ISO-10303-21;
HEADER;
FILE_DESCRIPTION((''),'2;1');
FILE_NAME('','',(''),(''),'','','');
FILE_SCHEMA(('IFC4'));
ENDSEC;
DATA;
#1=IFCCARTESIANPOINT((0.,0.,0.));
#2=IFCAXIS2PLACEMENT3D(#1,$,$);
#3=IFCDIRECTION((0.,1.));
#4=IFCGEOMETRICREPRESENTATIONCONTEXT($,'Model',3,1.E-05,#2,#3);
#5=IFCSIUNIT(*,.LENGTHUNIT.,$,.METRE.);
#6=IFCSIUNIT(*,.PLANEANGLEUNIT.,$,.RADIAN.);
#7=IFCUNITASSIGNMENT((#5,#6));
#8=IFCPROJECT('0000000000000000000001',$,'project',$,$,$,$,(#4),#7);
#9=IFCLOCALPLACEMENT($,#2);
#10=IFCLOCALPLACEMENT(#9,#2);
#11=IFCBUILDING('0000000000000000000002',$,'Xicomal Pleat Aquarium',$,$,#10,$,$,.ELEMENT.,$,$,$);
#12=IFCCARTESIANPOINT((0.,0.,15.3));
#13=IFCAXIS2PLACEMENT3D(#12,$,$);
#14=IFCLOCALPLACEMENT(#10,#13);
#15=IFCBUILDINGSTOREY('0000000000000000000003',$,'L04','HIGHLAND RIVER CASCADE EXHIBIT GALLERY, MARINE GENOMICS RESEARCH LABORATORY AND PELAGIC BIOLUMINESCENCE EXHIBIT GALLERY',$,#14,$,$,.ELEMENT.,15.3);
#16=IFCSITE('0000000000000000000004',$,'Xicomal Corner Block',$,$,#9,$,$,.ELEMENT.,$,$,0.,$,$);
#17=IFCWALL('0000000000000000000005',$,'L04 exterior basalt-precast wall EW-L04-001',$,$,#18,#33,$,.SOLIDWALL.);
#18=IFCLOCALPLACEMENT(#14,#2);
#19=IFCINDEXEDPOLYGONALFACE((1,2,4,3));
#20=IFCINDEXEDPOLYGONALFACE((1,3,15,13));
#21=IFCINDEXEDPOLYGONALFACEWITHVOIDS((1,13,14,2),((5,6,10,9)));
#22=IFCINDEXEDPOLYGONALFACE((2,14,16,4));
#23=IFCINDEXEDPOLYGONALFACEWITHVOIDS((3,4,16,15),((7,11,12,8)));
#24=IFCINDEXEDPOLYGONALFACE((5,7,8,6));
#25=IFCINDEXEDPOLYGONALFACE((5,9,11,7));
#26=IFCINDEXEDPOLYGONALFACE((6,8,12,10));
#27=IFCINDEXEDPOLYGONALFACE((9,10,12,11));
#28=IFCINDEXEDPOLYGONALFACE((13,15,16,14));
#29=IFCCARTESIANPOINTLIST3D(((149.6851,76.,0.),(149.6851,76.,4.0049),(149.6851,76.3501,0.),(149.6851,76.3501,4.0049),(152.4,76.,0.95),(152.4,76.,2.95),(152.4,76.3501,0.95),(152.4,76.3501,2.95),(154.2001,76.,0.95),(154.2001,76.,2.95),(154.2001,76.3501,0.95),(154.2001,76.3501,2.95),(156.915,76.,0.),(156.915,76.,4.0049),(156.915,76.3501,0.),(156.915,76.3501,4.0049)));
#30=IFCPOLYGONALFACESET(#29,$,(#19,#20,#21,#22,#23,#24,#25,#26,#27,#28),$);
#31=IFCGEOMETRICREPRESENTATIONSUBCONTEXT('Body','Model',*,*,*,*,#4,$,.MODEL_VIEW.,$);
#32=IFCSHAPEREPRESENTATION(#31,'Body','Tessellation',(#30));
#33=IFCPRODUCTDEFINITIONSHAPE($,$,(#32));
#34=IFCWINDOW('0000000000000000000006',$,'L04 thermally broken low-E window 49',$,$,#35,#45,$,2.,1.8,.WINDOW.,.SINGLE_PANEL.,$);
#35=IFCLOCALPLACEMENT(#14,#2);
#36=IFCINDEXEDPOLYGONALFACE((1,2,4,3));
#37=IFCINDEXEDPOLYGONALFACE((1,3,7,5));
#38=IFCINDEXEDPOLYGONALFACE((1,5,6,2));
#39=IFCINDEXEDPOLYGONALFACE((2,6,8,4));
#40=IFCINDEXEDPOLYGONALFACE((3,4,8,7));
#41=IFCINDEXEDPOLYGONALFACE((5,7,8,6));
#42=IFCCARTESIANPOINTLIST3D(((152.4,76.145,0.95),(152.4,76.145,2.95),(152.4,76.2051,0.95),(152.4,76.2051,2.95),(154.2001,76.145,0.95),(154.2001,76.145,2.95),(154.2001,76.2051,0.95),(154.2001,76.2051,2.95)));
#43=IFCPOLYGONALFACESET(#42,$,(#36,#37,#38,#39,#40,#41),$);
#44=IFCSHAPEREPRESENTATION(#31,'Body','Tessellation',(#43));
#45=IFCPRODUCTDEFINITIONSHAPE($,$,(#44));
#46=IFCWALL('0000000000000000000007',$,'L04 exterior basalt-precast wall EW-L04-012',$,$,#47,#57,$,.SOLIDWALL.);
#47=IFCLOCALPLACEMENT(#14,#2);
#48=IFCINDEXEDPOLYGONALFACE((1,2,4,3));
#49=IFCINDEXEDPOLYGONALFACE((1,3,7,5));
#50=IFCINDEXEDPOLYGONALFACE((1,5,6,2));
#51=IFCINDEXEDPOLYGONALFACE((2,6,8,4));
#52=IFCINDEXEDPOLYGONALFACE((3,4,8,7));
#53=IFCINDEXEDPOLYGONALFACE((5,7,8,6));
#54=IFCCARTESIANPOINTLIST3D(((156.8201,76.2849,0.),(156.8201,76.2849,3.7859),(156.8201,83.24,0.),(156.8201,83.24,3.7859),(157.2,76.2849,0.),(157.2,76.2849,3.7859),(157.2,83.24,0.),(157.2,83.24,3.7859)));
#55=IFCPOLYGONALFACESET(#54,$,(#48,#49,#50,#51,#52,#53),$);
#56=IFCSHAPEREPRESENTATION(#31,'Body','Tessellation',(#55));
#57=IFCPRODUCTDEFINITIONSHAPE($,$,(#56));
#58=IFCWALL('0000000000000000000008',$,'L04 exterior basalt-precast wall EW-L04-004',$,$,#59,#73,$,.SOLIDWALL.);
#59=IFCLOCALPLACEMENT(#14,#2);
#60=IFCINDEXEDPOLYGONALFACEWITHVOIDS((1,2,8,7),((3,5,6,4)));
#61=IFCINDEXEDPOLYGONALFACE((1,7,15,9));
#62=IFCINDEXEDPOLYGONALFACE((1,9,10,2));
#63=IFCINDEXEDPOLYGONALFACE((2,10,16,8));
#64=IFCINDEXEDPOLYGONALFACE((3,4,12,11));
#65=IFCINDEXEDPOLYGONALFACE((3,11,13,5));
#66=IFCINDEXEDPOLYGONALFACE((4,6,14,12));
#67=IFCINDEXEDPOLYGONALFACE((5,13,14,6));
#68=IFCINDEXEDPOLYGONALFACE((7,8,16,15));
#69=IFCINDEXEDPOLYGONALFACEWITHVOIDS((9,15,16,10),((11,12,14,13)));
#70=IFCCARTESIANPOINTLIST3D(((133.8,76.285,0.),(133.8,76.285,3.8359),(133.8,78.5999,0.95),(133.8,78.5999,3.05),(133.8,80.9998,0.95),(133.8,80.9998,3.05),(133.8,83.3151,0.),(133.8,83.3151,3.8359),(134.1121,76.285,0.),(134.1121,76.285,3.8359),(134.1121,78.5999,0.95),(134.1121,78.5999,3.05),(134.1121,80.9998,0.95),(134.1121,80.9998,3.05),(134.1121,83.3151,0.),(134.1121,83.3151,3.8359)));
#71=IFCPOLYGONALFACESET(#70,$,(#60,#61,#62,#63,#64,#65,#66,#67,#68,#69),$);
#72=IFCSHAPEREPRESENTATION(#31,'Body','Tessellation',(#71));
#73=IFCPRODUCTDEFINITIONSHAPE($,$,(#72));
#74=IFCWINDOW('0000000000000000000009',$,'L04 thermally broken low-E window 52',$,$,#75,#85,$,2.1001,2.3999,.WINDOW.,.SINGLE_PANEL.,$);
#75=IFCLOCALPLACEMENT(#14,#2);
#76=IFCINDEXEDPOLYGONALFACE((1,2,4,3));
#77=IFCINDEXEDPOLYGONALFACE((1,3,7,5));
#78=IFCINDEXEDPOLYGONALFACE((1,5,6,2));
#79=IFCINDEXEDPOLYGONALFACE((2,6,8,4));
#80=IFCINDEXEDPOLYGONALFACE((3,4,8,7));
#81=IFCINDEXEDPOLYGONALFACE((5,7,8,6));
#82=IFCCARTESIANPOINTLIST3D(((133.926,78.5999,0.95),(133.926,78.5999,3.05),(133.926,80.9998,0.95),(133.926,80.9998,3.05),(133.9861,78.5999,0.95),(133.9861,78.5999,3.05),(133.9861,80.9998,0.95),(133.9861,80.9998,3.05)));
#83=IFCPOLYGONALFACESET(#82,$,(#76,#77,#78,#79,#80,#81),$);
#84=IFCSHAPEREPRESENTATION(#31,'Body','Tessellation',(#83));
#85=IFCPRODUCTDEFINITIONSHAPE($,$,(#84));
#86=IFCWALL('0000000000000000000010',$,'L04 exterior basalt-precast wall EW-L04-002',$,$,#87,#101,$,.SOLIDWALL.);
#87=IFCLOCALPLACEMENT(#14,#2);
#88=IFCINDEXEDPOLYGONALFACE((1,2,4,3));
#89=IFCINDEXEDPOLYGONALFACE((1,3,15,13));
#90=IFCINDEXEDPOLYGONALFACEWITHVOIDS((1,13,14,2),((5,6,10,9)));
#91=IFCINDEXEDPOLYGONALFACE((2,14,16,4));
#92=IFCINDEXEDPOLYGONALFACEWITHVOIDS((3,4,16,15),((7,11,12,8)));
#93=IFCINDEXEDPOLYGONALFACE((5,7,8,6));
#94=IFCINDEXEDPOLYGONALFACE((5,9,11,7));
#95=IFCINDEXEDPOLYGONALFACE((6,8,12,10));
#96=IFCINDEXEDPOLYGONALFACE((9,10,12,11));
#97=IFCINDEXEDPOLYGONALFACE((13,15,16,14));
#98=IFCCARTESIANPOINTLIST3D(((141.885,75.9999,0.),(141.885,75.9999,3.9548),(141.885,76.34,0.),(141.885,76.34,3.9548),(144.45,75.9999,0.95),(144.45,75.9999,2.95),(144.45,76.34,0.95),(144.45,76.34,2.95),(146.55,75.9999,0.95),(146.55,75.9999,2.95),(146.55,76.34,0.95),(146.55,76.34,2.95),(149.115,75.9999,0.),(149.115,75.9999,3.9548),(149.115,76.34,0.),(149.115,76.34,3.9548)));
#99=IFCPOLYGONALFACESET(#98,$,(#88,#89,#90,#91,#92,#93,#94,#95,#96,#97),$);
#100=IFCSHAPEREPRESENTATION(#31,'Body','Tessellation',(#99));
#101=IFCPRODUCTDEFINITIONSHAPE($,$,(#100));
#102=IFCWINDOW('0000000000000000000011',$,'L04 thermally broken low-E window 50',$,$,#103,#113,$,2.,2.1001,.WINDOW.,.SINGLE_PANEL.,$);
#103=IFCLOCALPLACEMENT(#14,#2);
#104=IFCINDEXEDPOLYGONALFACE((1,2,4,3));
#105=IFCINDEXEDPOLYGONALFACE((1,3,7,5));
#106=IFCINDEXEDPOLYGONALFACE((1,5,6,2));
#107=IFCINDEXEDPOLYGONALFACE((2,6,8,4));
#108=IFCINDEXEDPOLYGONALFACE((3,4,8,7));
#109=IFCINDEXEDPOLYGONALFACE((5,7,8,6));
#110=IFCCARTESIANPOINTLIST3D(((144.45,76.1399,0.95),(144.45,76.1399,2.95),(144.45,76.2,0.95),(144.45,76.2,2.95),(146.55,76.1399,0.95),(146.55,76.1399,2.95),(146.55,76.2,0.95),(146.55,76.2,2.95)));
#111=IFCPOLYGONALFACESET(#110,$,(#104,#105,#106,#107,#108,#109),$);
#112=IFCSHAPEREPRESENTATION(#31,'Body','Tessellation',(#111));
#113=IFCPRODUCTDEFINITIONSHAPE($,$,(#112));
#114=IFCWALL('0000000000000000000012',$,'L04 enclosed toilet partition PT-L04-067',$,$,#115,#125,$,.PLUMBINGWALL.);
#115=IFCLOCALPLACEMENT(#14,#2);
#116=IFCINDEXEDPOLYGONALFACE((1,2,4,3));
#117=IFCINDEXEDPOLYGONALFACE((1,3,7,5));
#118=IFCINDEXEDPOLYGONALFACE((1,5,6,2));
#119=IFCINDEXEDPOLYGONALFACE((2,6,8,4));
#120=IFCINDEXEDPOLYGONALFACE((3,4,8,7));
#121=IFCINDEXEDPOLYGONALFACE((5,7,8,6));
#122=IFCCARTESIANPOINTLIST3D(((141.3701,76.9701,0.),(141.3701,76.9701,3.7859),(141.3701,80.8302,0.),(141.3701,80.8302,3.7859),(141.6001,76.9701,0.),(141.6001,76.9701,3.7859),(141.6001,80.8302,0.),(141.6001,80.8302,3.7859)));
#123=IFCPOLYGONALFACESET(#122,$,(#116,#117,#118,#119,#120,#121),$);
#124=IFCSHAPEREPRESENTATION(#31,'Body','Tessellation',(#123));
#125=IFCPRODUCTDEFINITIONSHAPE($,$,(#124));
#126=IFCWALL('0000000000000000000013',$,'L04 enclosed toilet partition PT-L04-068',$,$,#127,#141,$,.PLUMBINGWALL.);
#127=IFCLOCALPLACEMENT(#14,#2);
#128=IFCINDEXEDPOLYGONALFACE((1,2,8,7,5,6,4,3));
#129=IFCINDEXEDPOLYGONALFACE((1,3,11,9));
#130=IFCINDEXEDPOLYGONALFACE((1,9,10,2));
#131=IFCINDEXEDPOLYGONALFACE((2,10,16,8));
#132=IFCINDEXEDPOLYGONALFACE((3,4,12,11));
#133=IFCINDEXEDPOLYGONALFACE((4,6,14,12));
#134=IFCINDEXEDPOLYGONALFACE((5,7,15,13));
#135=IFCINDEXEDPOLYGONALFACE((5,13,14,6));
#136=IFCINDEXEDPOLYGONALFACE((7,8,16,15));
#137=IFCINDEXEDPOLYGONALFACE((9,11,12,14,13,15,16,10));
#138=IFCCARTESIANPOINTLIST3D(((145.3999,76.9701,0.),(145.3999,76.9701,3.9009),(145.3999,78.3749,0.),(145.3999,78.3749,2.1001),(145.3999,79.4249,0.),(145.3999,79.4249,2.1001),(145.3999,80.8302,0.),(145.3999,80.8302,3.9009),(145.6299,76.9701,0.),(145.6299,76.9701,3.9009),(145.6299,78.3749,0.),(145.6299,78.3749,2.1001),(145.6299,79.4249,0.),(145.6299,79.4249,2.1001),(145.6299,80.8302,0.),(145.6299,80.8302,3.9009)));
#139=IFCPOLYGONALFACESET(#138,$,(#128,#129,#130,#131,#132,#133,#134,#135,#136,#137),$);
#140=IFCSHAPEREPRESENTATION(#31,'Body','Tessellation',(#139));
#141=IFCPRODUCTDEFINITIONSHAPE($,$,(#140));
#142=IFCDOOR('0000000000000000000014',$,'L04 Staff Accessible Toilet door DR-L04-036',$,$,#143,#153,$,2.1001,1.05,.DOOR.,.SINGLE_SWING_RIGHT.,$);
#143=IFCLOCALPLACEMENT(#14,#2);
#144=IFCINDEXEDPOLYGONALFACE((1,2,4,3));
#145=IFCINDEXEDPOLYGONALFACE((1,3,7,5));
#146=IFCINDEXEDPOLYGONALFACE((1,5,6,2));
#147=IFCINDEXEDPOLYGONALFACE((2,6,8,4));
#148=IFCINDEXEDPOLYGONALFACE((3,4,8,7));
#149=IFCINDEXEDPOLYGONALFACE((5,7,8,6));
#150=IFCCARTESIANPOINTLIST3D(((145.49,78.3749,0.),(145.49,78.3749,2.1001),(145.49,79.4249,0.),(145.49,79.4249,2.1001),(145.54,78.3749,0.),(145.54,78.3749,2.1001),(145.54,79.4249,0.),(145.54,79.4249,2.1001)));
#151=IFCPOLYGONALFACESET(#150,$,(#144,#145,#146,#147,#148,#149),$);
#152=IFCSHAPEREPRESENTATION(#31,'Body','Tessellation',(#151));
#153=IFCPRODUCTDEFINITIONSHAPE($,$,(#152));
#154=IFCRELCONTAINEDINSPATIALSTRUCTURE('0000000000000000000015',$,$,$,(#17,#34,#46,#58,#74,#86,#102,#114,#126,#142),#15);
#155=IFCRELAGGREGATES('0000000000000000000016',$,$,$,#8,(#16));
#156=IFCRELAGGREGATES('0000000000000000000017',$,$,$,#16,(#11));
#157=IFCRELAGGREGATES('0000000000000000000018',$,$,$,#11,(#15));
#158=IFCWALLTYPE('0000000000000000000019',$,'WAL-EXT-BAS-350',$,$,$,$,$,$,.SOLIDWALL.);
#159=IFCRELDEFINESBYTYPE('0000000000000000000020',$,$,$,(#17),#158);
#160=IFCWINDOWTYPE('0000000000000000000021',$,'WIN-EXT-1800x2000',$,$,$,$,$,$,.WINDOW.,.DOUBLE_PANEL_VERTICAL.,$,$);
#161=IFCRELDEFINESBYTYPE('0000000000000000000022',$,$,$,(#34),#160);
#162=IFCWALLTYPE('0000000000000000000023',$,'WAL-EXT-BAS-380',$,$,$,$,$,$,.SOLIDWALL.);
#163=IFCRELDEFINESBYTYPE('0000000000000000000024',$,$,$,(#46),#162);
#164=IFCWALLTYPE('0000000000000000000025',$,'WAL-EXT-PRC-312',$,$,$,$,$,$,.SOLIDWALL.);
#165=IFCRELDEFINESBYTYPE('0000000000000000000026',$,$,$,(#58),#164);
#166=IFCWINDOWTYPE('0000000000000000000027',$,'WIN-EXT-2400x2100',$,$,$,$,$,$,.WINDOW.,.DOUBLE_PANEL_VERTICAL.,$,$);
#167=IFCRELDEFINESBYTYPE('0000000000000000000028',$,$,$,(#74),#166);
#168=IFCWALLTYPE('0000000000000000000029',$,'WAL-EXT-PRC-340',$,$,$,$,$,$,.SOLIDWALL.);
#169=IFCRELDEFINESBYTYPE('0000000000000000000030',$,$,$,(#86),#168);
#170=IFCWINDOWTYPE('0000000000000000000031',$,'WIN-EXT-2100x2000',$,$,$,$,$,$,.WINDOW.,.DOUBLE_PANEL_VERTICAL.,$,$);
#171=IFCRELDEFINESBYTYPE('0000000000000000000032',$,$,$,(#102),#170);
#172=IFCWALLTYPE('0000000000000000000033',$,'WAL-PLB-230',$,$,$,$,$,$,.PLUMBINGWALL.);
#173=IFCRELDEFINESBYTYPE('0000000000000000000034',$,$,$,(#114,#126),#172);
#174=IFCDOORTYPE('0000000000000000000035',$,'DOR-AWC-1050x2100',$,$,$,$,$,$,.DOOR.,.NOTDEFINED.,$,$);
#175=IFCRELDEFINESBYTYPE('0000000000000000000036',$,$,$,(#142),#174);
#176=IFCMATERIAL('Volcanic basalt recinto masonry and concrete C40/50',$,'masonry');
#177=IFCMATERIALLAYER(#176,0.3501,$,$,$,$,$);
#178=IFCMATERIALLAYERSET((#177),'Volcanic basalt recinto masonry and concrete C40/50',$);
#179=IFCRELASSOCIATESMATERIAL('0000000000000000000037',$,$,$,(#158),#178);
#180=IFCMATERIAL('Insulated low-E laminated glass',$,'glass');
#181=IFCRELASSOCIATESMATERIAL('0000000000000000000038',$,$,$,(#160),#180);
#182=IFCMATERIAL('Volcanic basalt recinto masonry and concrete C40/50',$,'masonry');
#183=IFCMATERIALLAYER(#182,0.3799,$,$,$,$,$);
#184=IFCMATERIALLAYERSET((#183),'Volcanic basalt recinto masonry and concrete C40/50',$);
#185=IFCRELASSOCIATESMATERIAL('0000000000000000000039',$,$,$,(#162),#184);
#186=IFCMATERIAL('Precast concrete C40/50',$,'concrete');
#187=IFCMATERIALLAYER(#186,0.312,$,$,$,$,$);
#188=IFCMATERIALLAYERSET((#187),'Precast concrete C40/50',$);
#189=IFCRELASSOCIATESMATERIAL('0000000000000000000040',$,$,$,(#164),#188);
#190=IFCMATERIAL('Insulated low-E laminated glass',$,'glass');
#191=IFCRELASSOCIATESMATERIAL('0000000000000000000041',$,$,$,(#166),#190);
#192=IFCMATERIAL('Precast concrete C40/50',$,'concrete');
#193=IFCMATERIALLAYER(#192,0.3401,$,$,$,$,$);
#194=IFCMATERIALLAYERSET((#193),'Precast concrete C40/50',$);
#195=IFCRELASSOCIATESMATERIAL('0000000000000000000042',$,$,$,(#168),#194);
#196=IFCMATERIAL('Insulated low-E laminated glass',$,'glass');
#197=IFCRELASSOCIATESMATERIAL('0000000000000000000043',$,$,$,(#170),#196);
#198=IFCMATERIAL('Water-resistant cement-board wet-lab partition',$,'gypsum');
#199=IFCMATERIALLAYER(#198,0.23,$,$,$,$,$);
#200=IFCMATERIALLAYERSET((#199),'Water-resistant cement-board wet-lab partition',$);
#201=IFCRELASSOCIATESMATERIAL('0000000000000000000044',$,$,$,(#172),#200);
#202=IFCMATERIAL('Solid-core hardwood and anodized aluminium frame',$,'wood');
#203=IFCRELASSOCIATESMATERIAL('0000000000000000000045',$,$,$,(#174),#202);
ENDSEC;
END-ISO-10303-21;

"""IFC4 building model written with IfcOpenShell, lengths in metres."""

from ifc_helpers import new_model, si_unit, direction, frame, frame_2d, origin, place, context, subcontext, project, spatial, rectangle, extrude, material, layer, layer_set, type_object, element, fill, save


model = new_model("IFC4")

# Units and contexts
model_context = context("Model", 3, precision=1e-05, world=origin(), true_north=direction((0.0, 1.0)))
body_context = subcontext(model_context, "Body", "Model", "MODEL_VIEW")
ifc_project = project(units=[si_unit("LENGTHUNIT", "METRE"), si_unit("PLANEANGLEUNIT", "RADIAN")], contexts=[model_context])

# Site, building, storey
site_placement = place(None, origin())
site = spatial("IfcSite", under=ifc_project, at=site_placement, Name="Xicomal Corner Block", CompositionType="ELEMENT", RefElevation=0.0)
building_placement = place(site_placement, origin())
building = spatial("IfcBuilding", under=site, at=building_placement, Name="Xicomal Pleat Aquarium", CompositionType="ELEMENT")
storey_placement = place(building_placement, frame((0.0, 0.0, 15.3)))
storey = spatial("IfcBuildingStorey", under=building, at=storey_placement, Name="L04", Description="HIGHLAND RIVER CASCADE EXHIBIT GALLERY, MARINE GENOMICS RESEARCH LABORATORY AND PELAGIC BIOLUMINESCENCE EXHIBIT GALLERY", CompositionType="ELEMENT", Elevation=15.3)

# Wall, opening, window
ifc_material_1 = material(Name="Volcanic basalt recinto masonry and concrete C40/50", Category="masonry")
ifc_layer_1 = layer(ifc_material_1, 0.3501)
ifc_layer_set_1 = layer_set([ifc_layer_1], Name="Volcanic basalt recinto masonry and concrete C40/50")
wall_type_1 = type_object("IfcWallType", Name="WAL-EXT-BAS-350", PredefinedType="SOLIDWALL", material=ifc_layer_set_1)
wall_1_placement = place(storey_placement, frame((156.915, 76.175, 0.0), z_axis=(0.0, 0.0, 1.0), x_axis=(-1.0, 0.0, 0.0)))
wall_1 = element("IfcWall", 1, at=wall_1_placement, inside=storey, type_object=wall_type_1, Name="L04 exterior basalt-precast wall EW-L04-001", PredefinedType="SOLIDWALL", context=body_context, shape_type="SweptSolid", body=[
    extrude(rectangle(XDim=7.23, YDim=0.3501, at=frame_2d((3.615, 0.0))), origin(), (0.0, 0.0, 1.0), 4.0049),
])
opening_1_placement = place(wall_1_placement, frame((2.7151, 0.0, 0.95)))
opening_1 = element("IfcOpeningElement", 2, at=opening_1_placement, cuts=wall_1, PredefinedType="OPENING", context=body_context, shape_type="SweptSolid", body=[
    extrude(rectangle(XDim=1.8, YDim=2.0, at=frame_2d((0.8999, 1.0))), frame((0.0, 0.1851, 0.0), z_axis=(0.0, -1.0, 0.0), x_axis=(1.0, 0.0, 0.0)), (0.0, 0.0, 1.0), 0.3701),
])
ifc_material_2 = material(Name="Insulated low-E laminated glass", Category="glass")
window_type_1 = type_object("IfcWindowType", Name="WIN-EXT-1800x2000", PartitioningType="DOUBLE_PANEL_VERTICAL", PredefinedType="WINDOW", material=ifc_material_2)
window_1_placement = place(opening_1_placement, origin())
window_1 = element("IfcWindow", 3, at=window_1_placement, inside=storey, type_object=window_type_1, Name="L04 thermally broken low-E window 49", OverallHeight=2.0, OverallWidth=1.8, PartitioningType="SINGLE_PANEL", PredefinedType="WINDOW", context=body_context, shape_type="SweptSolid", body=[
    extrude(rectangle(XDim=1.8, YDim=2.0, at=frame_2d((0.8999, 1.0))), frame((0.0, 0.03, 0.0), z_axis=(0.0, -1.0, 0.0), x_axis=(1.0, 0.0, 0.0)), (0.0, 0.0, 1.0), 0.0601),
])
fill(opening_1, window_1)

# Wall
ifc_material_3 = material(Name="Volcanic basalt recinto masonry and concrete C40/50", Category="masonry")
ifc_layer_2 = layer(ifc_material_3, 0.3799)
ifc_layer_set_2 = layer_set([ifc_layer_2], Name="Volcanic basalt recinto masonry and concrete C40/50")
wall_type_2 = type_object("IfcWallType", Name="WAL-EXT-BAS-380", PredefinedType="SOLIDWALL", material=ifc_layer_set_2)
wall_2_placement = place(storey_placement, frame((157.01, 83.24, 0.0), z_axis=(0.0, 0.0, 1.0), x_axis=(0.0, -1.0, 0.0)))
element("IfcWall", 4, at=wall_2_placement, inside=storey, type_object=wall_type_2, Name="L04 exterior basalt-precast wall EW-L04-012", PredefinedType="SOLIDWALL", context=body_context, shape_type="SweptSolid", body=[
    extrude(rectangle(XDim=6.9551, YDim=0.3799, at=frame_2d((3.4775, 0.0))), origin(), (0.0, 0.0, 1.0), 3.7859),
])

# Walls, openings, windows
ifc_material_4 = material(Name="Precast concrete C40/50", Category="concrete")
ifc_layer_3 = layer(ifc_material_4, 0.312)
ifc_layer_set_3 = layer_set([ifc_layer_3], Name="Precast concrete C40/50")
wall_type_3 = type_object("IfcWallType", Name="WAL-EXT-PRC-312", PredefinedType="SOLIDWALL", material=ifc_layer_set_3)
wall_3_placement = place(storey_placement, frame((133.9561, 76.2849, 0.0), z_axis=(0.0, 0.0, 1.0), x_axis=(0.0, 1.0, 0.0)))
wall_3 = element("IfcWall", 5, at=wall_3_placement, inside=storey, type_object=wall_type_3, Name="L04 exterior basalt-precast wall EW-L04-004", PredefinedType="SOLIDWALL", context=body_context, shape_type="SweptSolid", body=[
    extrude(rectangle(XDim=7.03, YDim=0.312, at=frame_2d((3.5151, 0.0))), origin(), (0.0, 0.0, 1.0), 3.8359),
])
opening_2_placement = place(wall_3_placement, frame((2.3149, 0.0, 0.95)))
opening_2 = element("IfcOpeningElement", 6, at=opening_2_placement, cuts=wall_3, PredefinedType="OPENING", context=body_context, shape_type="SweptSolid", body=[
    extrude(rectangle(XDim=2.3999, YDim=2.1001, at=frame_2d((1.2, 1.05))), frame((0.0, 0.166, 0.0), z_axis=(0.0, -1.0, 0.0), x_axis=(1.0, 0.0, 0.0)), (0.0, 0.0, 1.0), 0.332),
])
ifc_material_5 = material(Name="Insulated low-E laminated glass", Category="glass")
window_type_2 = type_object("IfcWindowType", Name="WIN-EXT-2400x2100", PartitioningType="DOUBLE_PANEL_VERTICAL", PredefinedType="WINDOW", material=ifc_material_5)
window_2_placement = place(opening_2_placement, origin())
window_2 = element("IfcWindow", 7, at=window_2_placement, inside=storey, type_object=window_type_2, Name="L04 thermally broken low-E window 52", OverallHeight=2.1001, OverallWidth=2.3999, PartitioningType="SINGLE_PANEL", PredefinedType="WINDOW", context=body_context, shape_type="SweptSolid", body=[
    extrude(rectangle(XDim=2.3999, YDim=2.1001, at=frame_2d((1.2, 1.05))), frame((0.0, 0.03, 0.0), z_axis=(0.0, -1.0, 0.0), x_axis=(1.0, 0.0, 0.0)), (0.0, 0.0, 1.0), 0.0601),
])
fill(opening_2, window_2)
ifc_material_6 = material(Name="Precast concrete C40/50", Category="concrete")
ifc_layer_4 = layer(ifc_material_6, 0.3401)
ifc_layer_set_4 = layer_set([ifc_layer_4], Name="Precast concrete C40/50")
wall_type_4 = type_object("IfcWallType", Name="WAL-EXT-PRC-340", PredefinedType="SOLIDWALL", material=ifc_layer_set_4)
wall_4_placement = place(storey_placement, frame((149.115, 76.1699, 0.0), z_axis=(0.0, 0.0, 1.0), x_axis=(-1.0, 0.0, 0.0)))
wall_4 = element("IfcWall", 8, at=wall_4_placement, inside=storey, type_object=wall_type_4, Name="L04 exterior basalt-precast wall EW-L04-002", PredefinedType="SOLIDWALL", context=body_context, shape_type="SweptSolid", body=[
    extrude(rectangle(XDim=7.23, YDim=0.3401, at=frame_2d((3.615, 0.0))), origin(), (0.0, 0.0, 1.0), 3.9548),
])
opening_3_placement = place(wall_4_placement, frame((2.5649, 0.0, 0.95)))
opening_3 = element("IfcOpeningElement", 9, at=opening_3_placement, cuts=wall_4, PredefinedType="OPENING", context=body_context, shape_type="SweptSolid", body=[
    extrude(rectangle(XDim=2.1001, YDim=2.0, at=frame_2d((1.05, 1.0))), frame((0.0, 0.1799, 0.0), z_axis=(0.0, -1.0, 0.0), x_axis=(1.0, 0.0, 0.0)), (0.0, 0.0, 1.0), 0.3601),
])
ifc_material_7 = material(Name="Insulated low-E laminated glass", Category="glass")
window_type_3 = type_object("IfcWindowType", Name="WIN-EXT-2100x2000", PartitioningType="DOUBLE_PANEL_VERTICAL", PredefinedType="WINDOW", material=ifc_material_7)
window_3_placement = place(opening_3_placement, origin())
window_3 = element("IfcWindow", 10, at=window_3_placement, inside=storey, type_object=window_type_3, Name="L04 thermally broken low-E window 50", OverallHeight=2.0, OverallWidth=2.1001, PartitioningType="SINGLE_PANEL", PredefinedType="WINDOW", context=body_context, shape_type="SweptSolid", body=[
    extrude(rectangle(XDim=2.1001, YDim=2.0, at=frame_2d((1.05, 1.0))), frame((0.0, 0.03, 0.0), z_axis=(0.0, -1.0, 0.0), x_axis=(1.0, 0.0, 0.0)), (0.0, 0.0, 1.0), 0.0601),
])
fill(opening_3, window_3)

# Wall
ifc_material_8 = material(Name="Water-resistant cement-board wet-lab partition", Category="gypsum")
ifc_layer_5 = layer(ifc_material_8, 0.23)
ifc_layer_set_5 = layer_set([ifc_layer_5], Name="Water-resistant cement-board wet-lab partition")
wall_type_5 = type_object("IfcWallType", Name="WAL-PLB-230", PredefinedType="PLUMBINGWALL", material=ifc_layer_set_5)
wall_5_placement = place(storey_placement, frame((141.4851, 76.97, 0.0), z_axis=(0.0, 0.0, 1.0), x_axis=(0.0, 1.0, 0.0)))
element("IfcWall", 11, at=wall_5_placement, inside=storey, type_object=wall_type_5, Name="L04 enclosed toilet partition PT-L04-067", PredefinedType="PLUMBINGWALL", context=body_context, shape_type="SweptSolid", body=[
    extrude(rectangle(XDim=3.8601, YDim=0.23, at=frame_2d((1.9302, 0.0))), origin(), (0.0, 0.0, 1.0), 3.7859),
])

# Wall, opening, door
wall_6_placement = place(storey_placement, frame((145.5149, 76.97, 0.0), z_axis=(0.0, 0.0, 1.0), x_axis=(0.0, 1.0, 0.0)))
wall_6 = element("IfcWall", 12, at=wall_6_placement, inside=storey, type_object=wall_type_5, Name="L04 enclosed toilet partition PT-L04-068", PredefinedType="PLUMBINGWALL", context=body_context, shape_type="SweptSolid", body=[
    extrude(rectangle(XDim=3.8601, YDim=0.23, at=frame_2d((1.9302, 0.0))), origin(), (0.0, 0.0, 1.0), 3.9009),
])
opening_4_placement = place(wall_6_placement, frame((1.405, 0.0, 0.0)))
opening_4 = element("IfcOpeningElement", 13, at=opening_4_placement, cuts=wall_6, PredefinedType="OPENING", context=body_context, shape_type="SweptSolid", body=[
    extrude(rectangle(XDim=1.05, YDim=2.1001, at=frame_2d((0.5249, 1.05))), frame((0.0, 0.125, 0.0), z_axis=(0.0, -1.0, 0.0), x_axis=(1.0, 0.0, 0.0)), (0.0, 0.0, 1.0), 0.25),
])
ifc_material_9 = material(Name="Solid-core hardwood and anodized aluminium frame", Category="wood")
door_type = type_object("IfcDoorType", Name="DOR-AWC-1050x2100", OperationType="NOTDEFINED", PredefinedType="DOOR", material=ifc_material_9)
door_placement = place(opening_4_placement, origin())
door = element("IfcDoor", 14, at=door_placement, inside=storey, type_object=door_type, Name="L04 Staff Accessible Toilet door DR-L04-036", OperationType="SINGLE_SWING_RIGHT", OverallHeight=2.1001, OverallWidth=1.05, PredefinedType="DOOR", context=body_context, shape_type="SweptSolid", body=[
    extrude(rectangle(XDim=1.05, YDim=2.1001, at=frame_2d((0.5249, 1.05))), frame((0.0, 0.0249, 0.0), z_axis=(0.0, -1.0, 0.0), x_axis=(1.0, 0.0, 0.0)), (0.0, 0.0, 1.0), 0.05),
])
fill(opening_4, door)

save(model, "model.ifc")
